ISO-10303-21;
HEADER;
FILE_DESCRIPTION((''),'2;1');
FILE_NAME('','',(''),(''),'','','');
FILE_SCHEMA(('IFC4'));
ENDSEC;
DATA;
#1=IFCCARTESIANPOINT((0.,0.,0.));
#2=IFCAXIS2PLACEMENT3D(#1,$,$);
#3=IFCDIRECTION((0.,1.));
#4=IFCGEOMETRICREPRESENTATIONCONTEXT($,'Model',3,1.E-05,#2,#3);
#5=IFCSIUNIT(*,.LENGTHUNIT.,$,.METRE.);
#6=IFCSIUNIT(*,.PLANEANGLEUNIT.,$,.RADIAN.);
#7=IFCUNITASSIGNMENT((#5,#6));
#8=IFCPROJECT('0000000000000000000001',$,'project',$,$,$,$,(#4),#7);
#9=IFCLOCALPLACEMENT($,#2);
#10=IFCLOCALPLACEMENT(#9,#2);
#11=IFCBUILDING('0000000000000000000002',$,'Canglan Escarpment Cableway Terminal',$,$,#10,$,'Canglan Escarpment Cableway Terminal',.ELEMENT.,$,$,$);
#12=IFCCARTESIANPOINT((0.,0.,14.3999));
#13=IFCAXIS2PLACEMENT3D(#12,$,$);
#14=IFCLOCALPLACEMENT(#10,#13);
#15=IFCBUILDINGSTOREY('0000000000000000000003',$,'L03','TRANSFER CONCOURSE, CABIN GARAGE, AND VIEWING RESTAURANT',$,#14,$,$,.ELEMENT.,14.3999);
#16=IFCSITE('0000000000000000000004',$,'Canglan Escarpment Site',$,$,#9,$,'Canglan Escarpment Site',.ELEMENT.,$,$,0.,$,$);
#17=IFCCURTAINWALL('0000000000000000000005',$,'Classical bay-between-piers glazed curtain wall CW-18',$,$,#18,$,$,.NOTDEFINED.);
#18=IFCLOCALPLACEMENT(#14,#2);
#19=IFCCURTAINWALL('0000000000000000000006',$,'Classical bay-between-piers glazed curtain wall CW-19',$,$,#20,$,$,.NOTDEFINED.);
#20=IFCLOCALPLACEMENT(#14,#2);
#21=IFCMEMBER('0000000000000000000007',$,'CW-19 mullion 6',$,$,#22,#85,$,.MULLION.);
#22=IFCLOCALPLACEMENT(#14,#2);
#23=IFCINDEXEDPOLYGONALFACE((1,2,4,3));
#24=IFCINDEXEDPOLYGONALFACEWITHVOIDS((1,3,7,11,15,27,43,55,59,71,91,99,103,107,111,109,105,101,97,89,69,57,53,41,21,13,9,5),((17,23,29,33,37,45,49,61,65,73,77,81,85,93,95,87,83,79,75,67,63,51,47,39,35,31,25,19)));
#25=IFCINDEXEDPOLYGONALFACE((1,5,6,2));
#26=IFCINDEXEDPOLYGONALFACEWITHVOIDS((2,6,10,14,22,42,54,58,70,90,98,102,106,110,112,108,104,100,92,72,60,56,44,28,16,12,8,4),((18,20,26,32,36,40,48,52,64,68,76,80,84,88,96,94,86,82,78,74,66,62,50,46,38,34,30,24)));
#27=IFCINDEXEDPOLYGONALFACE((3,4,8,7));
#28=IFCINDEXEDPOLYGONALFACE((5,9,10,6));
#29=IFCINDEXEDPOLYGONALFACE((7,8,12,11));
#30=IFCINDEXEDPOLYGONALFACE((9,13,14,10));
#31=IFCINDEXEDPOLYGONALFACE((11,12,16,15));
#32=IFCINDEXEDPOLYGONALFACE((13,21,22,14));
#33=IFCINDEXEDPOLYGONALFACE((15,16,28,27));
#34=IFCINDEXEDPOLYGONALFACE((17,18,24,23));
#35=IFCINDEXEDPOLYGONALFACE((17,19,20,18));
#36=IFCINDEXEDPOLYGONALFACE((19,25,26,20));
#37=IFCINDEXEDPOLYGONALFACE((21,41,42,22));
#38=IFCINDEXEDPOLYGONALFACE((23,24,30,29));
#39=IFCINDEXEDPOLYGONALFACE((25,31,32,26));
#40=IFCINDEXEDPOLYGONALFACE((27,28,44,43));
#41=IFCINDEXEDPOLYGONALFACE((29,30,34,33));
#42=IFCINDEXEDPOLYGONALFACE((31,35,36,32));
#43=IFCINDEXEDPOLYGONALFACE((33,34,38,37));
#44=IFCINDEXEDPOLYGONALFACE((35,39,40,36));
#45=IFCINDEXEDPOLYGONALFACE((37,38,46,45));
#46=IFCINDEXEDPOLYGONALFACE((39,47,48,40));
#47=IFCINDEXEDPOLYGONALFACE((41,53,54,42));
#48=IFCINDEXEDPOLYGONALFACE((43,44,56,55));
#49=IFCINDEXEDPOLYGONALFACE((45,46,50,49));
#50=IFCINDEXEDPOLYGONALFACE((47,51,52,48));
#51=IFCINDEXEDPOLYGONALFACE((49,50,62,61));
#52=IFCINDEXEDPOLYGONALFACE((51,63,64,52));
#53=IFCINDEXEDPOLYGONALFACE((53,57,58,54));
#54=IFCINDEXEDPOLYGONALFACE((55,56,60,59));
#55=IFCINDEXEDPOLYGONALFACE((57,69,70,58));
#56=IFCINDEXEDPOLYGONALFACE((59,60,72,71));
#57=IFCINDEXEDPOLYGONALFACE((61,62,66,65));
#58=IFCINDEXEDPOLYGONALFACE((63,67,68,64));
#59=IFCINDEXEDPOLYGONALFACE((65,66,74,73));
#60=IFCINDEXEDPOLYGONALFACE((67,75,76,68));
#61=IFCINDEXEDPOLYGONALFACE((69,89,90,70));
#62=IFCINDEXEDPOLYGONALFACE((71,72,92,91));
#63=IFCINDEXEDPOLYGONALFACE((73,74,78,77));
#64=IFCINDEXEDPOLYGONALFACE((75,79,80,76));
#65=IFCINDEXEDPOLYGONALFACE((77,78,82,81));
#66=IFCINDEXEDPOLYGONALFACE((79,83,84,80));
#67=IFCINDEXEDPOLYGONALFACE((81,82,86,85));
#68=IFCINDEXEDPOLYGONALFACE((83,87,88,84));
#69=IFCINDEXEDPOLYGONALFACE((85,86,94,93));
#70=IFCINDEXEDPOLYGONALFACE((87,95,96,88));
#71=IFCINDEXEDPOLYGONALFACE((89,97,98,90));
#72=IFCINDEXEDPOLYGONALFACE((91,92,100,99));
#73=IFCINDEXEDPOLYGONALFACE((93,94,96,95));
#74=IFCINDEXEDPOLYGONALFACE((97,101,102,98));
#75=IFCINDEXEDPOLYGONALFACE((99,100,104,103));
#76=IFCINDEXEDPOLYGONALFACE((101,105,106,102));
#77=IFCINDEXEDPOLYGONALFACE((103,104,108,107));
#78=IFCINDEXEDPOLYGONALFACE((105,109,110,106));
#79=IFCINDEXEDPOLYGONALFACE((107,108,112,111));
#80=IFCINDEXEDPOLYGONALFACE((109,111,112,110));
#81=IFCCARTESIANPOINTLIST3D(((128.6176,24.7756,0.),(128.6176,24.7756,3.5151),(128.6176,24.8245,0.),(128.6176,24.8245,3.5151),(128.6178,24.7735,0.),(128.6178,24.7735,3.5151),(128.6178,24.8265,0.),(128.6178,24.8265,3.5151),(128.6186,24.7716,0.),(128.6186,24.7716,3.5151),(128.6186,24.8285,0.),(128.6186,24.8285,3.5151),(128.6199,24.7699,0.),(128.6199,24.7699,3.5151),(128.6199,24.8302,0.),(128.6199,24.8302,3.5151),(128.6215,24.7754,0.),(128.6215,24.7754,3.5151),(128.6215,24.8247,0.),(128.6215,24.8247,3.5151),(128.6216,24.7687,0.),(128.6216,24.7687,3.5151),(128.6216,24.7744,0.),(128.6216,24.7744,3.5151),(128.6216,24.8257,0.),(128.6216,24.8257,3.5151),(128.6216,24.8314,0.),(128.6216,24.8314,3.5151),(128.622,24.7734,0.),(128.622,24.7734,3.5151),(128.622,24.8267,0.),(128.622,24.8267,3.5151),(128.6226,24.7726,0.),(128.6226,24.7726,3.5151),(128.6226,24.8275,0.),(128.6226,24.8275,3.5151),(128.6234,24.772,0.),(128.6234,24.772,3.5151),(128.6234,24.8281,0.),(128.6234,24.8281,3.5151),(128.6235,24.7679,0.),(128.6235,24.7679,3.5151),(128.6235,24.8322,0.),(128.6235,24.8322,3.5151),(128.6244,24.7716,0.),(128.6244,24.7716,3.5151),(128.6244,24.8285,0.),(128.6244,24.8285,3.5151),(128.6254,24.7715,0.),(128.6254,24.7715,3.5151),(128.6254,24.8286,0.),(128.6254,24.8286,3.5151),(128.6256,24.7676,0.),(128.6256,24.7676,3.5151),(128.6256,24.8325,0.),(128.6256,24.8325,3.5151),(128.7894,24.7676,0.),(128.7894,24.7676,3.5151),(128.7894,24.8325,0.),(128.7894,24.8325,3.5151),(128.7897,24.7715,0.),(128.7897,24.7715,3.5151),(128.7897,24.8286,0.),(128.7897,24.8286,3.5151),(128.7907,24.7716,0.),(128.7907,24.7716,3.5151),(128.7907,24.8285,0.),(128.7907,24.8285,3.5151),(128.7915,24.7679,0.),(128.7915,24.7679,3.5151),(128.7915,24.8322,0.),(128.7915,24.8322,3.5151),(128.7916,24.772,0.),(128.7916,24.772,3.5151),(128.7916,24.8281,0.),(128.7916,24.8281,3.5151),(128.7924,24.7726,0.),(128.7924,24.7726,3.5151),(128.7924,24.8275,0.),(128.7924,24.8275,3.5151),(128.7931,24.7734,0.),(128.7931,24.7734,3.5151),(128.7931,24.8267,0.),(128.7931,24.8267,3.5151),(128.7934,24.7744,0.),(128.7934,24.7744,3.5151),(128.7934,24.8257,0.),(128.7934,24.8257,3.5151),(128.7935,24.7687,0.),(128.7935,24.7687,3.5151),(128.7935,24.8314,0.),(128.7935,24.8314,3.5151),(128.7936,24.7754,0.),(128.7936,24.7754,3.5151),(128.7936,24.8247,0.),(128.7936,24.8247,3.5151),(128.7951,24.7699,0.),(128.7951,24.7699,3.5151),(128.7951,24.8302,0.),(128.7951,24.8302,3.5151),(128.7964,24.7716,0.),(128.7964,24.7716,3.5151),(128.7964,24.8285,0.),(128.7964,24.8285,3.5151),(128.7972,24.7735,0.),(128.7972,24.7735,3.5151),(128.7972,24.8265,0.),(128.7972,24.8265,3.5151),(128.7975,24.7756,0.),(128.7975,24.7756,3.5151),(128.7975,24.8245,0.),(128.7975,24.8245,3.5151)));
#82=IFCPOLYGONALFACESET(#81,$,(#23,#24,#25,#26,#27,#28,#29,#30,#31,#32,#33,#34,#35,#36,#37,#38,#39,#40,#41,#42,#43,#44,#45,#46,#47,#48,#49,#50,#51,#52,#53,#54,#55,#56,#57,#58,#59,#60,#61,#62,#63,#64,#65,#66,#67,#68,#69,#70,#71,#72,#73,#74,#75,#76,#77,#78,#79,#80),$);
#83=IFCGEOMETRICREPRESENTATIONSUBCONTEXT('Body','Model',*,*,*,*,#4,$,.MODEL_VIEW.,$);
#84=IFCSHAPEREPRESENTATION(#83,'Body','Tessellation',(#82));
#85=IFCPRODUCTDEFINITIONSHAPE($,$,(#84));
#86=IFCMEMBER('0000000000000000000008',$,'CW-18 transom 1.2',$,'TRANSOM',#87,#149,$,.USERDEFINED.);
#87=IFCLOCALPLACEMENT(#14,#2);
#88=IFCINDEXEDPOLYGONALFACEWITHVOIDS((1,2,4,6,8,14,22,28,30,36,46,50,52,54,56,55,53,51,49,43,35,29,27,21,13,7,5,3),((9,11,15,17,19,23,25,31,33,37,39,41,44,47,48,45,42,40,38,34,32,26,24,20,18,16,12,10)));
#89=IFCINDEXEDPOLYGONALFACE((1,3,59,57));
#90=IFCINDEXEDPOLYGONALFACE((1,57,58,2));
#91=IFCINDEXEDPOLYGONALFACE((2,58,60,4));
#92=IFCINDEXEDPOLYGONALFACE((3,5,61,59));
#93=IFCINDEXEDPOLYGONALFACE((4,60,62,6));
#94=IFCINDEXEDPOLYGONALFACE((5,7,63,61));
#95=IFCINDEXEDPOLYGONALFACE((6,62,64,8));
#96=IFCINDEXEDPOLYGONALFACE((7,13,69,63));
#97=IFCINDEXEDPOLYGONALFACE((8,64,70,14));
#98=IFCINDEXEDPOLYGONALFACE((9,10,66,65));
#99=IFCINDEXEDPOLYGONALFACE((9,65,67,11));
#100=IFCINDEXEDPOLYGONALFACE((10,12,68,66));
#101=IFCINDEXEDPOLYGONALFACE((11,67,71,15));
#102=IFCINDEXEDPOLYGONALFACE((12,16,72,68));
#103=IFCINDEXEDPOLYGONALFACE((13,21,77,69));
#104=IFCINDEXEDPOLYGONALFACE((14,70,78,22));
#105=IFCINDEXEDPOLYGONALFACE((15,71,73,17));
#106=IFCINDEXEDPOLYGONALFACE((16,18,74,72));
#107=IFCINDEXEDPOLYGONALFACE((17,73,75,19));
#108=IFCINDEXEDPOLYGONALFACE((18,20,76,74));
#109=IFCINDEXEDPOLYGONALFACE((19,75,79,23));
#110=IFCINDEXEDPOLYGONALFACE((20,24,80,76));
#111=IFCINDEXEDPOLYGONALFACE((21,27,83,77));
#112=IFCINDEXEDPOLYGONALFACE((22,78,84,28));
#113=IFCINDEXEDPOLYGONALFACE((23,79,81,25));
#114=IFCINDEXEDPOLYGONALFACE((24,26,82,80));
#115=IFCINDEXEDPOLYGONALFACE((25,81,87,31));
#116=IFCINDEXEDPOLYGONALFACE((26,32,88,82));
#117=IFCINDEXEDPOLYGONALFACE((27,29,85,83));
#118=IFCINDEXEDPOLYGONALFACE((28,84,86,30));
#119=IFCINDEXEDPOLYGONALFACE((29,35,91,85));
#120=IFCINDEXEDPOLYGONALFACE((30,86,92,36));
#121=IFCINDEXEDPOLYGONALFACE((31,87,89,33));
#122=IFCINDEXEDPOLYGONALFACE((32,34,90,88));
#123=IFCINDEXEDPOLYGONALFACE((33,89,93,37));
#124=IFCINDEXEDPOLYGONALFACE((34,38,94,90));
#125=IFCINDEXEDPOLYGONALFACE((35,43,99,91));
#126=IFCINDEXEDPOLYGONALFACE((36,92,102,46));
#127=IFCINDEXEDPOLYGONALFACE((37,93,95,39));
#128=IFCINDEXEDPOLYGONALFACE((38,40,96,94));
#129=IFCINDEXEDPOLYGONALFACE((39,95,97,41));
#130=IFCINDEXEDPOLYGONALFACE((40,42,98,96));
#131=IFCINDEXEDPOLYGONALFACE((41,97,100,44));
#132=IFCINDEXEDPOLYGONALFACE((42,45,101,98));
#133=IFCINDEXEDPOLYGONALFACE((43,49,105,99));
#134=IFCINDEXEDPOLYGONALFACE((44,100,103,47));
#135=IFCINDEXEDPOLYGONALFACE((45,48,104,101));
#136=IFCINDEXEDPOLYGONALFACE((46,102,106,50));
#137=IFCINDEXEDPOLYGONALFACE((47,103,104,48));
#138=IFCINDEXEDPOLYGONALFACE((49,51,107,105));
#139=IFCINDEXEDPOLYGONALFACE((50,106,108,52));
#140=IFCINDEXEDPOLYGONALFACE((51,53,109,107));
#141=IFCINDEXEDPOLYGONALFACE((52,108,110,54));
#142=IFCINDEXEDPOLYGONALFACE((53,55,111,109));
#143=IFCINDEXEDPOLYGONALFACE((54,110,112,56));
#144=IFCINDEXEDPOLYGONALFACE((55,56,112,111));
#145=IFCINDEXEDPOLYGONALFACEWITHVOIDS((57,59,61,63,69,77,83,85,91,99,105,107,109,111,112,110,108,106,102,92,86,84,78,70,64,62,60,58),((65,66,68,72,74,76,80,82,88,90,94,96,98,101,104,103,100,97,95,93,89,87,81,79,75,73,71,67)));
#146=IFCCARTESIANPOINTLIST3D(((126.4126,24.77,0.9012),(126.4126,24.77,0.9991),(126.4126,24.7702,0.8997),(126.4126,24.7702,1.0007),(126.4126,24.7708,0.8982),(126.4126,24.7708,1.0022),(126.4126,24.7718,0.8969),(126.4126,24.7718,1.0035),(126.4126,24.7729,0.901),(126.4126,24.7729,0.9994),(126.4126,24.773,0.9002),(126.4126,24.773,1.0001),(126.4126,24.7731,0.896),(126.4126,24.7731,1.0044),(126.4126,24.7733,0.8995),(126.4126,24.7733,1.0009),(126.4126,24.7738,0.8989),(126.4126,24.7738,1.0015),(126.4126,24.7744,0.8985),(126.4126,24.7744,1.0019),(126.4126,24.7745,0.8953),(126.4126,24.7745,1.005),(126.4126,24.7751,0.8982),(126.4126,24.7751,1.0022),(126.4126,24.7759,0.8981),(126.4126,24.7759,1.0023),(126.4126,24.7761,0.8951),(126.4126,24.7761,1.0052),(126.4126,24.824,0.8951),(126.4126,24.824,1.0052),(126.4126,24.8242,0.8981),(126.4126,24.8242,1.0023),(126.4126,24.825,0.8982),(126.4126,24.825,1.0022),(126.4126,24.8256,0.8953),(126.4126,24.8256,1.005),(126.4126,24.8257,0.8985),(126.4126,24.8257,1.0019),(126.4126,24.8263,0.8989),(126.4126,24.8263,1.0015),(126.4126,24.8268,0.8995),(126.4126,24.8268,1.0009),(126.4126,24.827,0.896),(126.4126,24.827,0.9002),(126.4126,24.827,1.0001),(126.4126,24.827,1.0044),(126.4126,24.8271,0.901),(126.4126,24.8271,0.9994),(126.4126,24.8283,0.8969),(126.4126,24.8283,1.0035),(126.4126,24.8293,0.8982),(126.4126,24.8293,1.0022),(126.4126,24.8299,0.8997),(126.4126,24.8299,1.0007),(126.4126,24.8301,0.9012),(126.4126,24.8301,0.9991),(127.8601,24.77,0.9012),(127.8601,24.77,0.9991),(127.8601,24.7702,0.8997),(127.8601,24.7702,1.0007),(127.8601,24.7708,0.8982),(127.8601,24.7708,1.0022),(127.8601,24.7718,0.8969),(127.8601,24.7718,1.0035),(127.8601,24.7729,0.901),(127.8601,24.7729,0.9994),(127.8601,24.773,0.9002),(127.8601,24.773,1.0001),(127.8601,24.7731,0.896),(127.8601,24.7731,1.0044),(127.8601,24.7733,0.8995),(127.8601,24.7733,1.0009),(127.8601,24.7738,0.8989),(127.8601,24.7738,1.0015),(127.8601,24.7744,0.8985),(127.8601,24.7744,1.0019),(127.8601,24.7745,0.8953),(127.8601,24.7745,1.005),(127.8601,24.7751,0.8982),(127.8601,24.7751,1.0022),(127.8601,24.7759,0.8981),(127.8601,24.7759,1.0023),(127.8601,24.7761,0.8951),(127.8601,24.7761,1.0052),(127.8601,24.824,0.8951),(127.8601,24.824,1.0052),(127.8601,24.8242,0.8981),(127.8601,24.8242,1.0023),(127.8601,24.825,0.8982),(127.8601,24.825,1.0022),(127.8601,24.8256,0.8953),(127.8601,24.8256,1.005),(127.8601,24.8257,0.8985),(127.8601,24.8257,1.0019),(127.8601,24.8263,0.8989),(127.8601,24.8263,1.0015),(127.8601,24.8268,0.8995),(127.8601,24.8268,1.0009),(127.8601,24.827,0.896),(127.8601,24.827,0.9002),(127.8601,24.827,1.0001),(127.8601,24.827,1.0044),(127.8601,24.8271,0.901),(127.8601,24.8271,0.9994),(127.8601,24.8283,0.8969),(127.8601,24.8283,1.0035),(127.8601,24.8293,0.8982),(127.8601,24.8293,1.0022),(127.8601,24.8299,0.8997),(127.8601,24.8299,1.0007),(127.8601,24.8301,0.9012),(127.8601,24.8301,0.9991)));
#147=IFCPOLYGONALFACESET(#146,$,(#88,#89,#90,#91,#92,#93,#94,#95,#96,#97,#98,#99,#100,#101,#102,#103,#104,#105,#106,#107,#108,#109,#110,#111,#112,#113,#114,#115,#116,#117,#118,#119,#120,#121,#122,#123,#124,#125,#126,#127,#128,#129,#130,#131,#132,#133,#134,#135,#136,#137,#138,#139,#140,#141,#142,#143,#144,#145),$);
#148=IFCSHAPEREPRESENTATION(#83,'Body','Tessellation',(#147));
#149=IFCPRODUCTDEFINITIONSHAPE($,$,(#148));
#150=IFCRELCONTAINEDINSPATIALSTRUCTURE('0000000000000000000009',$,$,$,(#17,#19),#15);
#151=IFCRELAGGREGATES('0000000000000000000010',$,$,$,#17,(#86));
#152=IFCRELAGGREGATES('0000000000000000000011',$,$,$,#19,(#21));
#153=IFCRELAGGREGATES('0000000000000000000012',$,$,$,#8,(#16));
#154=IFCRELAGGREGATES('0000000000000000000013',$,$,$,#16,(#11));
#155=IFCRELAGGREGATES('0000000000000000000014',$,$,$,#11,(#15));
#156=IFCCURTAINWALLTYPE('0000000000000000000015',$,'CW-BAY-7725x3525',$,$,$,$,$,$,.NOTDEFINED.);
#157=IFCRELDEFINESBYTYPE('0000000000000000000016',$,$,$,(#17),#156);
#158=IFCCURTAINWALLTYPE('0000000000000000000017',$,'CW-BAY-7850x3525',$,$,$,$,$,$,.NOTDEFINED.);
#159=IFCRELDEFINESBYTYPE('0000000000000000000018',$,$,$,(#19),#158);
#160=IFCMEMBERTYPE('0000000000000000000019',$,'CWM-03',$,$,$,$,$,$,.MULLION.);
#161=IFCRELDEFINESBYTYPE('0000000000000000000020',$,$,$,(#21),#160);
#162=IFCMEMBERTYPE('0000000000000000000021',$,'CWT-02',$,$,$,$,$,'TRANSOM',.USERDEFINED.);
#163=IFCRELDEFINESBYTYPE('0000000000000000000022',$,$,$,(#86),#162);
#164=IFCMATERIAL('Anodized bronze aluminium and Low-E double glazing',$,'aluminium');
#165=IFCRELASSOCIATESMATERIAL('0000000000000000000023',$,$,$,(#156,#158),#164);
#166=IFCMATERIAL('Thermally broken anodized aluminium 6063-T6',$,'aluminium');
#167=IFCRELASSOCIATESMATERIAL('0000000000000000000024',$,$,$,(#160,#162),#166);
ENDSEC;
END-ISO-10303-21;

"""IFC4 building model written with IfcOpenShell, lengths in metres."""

from ifc_helpers import new_model, si_unit, direction, frame, origin, origin_2d, place, context, subcontext, project, spatial, hollow_rectangle, extrude, material, material_profile, profile_set, type_object, element, aggregate, save


model = new_model("IFC4")

# Units and contexts
model_context = context("Model", 3, precision=1e-05, world=origin(), true_north=direction((0.0, 1.0)))
body_context = subcontext(model_context, "Body", "Model", "MODEL_VIEW")
ifc_project = project(units=[si_unit("LENGTHUNIT", "METRE"), si_unit("PLANEANGLEUNIT", "RADIAN")], contexts=[model_context])

# Site, building, storey
site_placement = place(None, origin())
site = spatial("IfcSite", under=ifc_project, at=site_placement, Name="Canglan Escarpment Site", LongName="Canglan Escarpment Site", CompositionType="ELEMENT", RefElevation=0.0)
building_placement = place(site_placement, origin())
building = spatial("IfcBuilding", under=site, at=building_placement, Name="Canglan Escarpment Cableway Terminal", LongName="Canglan Escarpment Cableway Terminal", CompositionType="ELEMENT")
storey_placement = place(building_placement, frame((0.0, 0.0, 14.3999)))
storey = spatial("IfcBuildingStorey", under=building, at=storey_placement, Name="L03", Description="TRANSFER CONCOURSE, CABIN GARAGE, AND VIEWING RESTAURANT", CompositionType="ELEMENT", Elevation=14.3999)

# Curtain wall
ifc_material_1 = material(Name="Anodized bronze aluminium and Low-E double glazing", Category="aluminium")
curtain_wall_type_1 = type_object("IfcCurtainWallType", Name="CW-BAY-7725x3525", PredefinedType="NOTDEFINED", material=ifc_material_1)
curtain_wall_1_placement = place(storey_placement, origin())
curtain_wall_1 = element("IfcCurtainWall", 1, at=curtain_wall_1_placement, inside=storey, type_object=curtain_wall_type_1, Name="Classical bay-between-piers glazed curtain wall CW-18", PredefinedType="NOTDEFINED")
ifc_material_2 = material(Name="Thermally broken anodized aluminium 6063-T6", Category="aluminium")

# Curtain wall, member
curtain_wall_type_2 = type_object("IfcCurtainWallType", Name="CW-BAY-7850x3525", PredefinedType="NOTDEFINED", material=ifc_material_1)
curtain_wall_2_placement = place(storey_placement, origin())
curtain_wall_2 = element("IfcCurtainWall", 2, at=curtain_wall_2_placement, inside=storey, type_object=curtain_wall_type_2, Name="Classical bay-between-piers glazed curtain wall CW-19", PredefinedType="NOTDEFINED")
ifc_material_profile_1 = material_profile(ifc_material_2, hollow_rectangle(XDim=0.0649, YDim=0.1799, WallThickness=0.0039, InnerFilletRadius=0.0039, OuterFilletRadius=0.0081, at=origin_2d()), Name="ALU-MULL 65x180x4")
ifc_profile_set_1 = profile_set([ifc_material_profile_1], Name="Thermally broken anodized aluminium 6063-T6")
member_type_1 = type_object("IfcMemberType", Name="CWM-03", PredefinedType="MULLION", material=ifc_profile_set_1)
member_1_placement = place(storey_placement, frame((128.7075, 24.8, 0.0), z_axis=(0.0, 0.0, 1.0), x_axis=(0.0, -1.0, 0.0)))
member_1 = element("IfcMember", 3, at=member_1_placement, type_object=member_type_1, Name="CW-19 mullion 6", PredefinedType="MULLION", context=body_context, shape_type="SweptSolid", body=[
    extrude(hollow_rectangle(XDim=0.0649, YDim=0.1799, WallThickness=0.0039, InnerFilletRadius=0.0039, OuterFilletRadius=0.0081, at=origin_2d()), origin(), (0.0, 0.0, 1.0), 3.5151),
])

# Member
ifc_material_profile_2 = material_profile(ifc_material_2, hollow_rectangle(XDim=0.0601, YDim=0.1101, WallThickness=0.0029, InnerFilletRadius=0.0029, OuterFilletRadius=0.0061, at=origin_2d()), Name="ALU-TRAN 60x110x3")
ifc_profile_set_2 = profile_set([ifc_material_profile_2], Name="Thermally broken anodized aluminium 6063-T6")
member_type_2 = type_object("IfcMemberType", Name="CWT-02", ElementType="TRANSOM", PredefinedType="USERDEFINED", material=ifc_profile_set_2)
member_2_placement = place(storey_placement, frame((127.8601, 24.8, 0.9502), z_axis=(-1.0, 0.0, 0.0), x_axis=(0.0, -1.0, 0.0)))
member_2 = element("IfcMember", 4, at=member_2_placement, type_object=member_type_2, Name="CW-18 transom 1.2", ObjectType="TRANSOM", PredefinedType="USERDEFINED", context=body_context, shape_type="SweptSolid", body=[
    extrude(hollow_rectangle(XDim=0.0601, YDim=0.1101, WallThickness=0.0029, InnerFilletRadius=0.0029, OuterFilletRadius=0.0061, at=origin_2d()), origin(), (0.0, 0.0, 1.0), 1.4475),
])
aggregate(curtain_wall_1, [member_2])

aggregate(curtain_wall_2, [member_1])

save(model, "model.ifc")
